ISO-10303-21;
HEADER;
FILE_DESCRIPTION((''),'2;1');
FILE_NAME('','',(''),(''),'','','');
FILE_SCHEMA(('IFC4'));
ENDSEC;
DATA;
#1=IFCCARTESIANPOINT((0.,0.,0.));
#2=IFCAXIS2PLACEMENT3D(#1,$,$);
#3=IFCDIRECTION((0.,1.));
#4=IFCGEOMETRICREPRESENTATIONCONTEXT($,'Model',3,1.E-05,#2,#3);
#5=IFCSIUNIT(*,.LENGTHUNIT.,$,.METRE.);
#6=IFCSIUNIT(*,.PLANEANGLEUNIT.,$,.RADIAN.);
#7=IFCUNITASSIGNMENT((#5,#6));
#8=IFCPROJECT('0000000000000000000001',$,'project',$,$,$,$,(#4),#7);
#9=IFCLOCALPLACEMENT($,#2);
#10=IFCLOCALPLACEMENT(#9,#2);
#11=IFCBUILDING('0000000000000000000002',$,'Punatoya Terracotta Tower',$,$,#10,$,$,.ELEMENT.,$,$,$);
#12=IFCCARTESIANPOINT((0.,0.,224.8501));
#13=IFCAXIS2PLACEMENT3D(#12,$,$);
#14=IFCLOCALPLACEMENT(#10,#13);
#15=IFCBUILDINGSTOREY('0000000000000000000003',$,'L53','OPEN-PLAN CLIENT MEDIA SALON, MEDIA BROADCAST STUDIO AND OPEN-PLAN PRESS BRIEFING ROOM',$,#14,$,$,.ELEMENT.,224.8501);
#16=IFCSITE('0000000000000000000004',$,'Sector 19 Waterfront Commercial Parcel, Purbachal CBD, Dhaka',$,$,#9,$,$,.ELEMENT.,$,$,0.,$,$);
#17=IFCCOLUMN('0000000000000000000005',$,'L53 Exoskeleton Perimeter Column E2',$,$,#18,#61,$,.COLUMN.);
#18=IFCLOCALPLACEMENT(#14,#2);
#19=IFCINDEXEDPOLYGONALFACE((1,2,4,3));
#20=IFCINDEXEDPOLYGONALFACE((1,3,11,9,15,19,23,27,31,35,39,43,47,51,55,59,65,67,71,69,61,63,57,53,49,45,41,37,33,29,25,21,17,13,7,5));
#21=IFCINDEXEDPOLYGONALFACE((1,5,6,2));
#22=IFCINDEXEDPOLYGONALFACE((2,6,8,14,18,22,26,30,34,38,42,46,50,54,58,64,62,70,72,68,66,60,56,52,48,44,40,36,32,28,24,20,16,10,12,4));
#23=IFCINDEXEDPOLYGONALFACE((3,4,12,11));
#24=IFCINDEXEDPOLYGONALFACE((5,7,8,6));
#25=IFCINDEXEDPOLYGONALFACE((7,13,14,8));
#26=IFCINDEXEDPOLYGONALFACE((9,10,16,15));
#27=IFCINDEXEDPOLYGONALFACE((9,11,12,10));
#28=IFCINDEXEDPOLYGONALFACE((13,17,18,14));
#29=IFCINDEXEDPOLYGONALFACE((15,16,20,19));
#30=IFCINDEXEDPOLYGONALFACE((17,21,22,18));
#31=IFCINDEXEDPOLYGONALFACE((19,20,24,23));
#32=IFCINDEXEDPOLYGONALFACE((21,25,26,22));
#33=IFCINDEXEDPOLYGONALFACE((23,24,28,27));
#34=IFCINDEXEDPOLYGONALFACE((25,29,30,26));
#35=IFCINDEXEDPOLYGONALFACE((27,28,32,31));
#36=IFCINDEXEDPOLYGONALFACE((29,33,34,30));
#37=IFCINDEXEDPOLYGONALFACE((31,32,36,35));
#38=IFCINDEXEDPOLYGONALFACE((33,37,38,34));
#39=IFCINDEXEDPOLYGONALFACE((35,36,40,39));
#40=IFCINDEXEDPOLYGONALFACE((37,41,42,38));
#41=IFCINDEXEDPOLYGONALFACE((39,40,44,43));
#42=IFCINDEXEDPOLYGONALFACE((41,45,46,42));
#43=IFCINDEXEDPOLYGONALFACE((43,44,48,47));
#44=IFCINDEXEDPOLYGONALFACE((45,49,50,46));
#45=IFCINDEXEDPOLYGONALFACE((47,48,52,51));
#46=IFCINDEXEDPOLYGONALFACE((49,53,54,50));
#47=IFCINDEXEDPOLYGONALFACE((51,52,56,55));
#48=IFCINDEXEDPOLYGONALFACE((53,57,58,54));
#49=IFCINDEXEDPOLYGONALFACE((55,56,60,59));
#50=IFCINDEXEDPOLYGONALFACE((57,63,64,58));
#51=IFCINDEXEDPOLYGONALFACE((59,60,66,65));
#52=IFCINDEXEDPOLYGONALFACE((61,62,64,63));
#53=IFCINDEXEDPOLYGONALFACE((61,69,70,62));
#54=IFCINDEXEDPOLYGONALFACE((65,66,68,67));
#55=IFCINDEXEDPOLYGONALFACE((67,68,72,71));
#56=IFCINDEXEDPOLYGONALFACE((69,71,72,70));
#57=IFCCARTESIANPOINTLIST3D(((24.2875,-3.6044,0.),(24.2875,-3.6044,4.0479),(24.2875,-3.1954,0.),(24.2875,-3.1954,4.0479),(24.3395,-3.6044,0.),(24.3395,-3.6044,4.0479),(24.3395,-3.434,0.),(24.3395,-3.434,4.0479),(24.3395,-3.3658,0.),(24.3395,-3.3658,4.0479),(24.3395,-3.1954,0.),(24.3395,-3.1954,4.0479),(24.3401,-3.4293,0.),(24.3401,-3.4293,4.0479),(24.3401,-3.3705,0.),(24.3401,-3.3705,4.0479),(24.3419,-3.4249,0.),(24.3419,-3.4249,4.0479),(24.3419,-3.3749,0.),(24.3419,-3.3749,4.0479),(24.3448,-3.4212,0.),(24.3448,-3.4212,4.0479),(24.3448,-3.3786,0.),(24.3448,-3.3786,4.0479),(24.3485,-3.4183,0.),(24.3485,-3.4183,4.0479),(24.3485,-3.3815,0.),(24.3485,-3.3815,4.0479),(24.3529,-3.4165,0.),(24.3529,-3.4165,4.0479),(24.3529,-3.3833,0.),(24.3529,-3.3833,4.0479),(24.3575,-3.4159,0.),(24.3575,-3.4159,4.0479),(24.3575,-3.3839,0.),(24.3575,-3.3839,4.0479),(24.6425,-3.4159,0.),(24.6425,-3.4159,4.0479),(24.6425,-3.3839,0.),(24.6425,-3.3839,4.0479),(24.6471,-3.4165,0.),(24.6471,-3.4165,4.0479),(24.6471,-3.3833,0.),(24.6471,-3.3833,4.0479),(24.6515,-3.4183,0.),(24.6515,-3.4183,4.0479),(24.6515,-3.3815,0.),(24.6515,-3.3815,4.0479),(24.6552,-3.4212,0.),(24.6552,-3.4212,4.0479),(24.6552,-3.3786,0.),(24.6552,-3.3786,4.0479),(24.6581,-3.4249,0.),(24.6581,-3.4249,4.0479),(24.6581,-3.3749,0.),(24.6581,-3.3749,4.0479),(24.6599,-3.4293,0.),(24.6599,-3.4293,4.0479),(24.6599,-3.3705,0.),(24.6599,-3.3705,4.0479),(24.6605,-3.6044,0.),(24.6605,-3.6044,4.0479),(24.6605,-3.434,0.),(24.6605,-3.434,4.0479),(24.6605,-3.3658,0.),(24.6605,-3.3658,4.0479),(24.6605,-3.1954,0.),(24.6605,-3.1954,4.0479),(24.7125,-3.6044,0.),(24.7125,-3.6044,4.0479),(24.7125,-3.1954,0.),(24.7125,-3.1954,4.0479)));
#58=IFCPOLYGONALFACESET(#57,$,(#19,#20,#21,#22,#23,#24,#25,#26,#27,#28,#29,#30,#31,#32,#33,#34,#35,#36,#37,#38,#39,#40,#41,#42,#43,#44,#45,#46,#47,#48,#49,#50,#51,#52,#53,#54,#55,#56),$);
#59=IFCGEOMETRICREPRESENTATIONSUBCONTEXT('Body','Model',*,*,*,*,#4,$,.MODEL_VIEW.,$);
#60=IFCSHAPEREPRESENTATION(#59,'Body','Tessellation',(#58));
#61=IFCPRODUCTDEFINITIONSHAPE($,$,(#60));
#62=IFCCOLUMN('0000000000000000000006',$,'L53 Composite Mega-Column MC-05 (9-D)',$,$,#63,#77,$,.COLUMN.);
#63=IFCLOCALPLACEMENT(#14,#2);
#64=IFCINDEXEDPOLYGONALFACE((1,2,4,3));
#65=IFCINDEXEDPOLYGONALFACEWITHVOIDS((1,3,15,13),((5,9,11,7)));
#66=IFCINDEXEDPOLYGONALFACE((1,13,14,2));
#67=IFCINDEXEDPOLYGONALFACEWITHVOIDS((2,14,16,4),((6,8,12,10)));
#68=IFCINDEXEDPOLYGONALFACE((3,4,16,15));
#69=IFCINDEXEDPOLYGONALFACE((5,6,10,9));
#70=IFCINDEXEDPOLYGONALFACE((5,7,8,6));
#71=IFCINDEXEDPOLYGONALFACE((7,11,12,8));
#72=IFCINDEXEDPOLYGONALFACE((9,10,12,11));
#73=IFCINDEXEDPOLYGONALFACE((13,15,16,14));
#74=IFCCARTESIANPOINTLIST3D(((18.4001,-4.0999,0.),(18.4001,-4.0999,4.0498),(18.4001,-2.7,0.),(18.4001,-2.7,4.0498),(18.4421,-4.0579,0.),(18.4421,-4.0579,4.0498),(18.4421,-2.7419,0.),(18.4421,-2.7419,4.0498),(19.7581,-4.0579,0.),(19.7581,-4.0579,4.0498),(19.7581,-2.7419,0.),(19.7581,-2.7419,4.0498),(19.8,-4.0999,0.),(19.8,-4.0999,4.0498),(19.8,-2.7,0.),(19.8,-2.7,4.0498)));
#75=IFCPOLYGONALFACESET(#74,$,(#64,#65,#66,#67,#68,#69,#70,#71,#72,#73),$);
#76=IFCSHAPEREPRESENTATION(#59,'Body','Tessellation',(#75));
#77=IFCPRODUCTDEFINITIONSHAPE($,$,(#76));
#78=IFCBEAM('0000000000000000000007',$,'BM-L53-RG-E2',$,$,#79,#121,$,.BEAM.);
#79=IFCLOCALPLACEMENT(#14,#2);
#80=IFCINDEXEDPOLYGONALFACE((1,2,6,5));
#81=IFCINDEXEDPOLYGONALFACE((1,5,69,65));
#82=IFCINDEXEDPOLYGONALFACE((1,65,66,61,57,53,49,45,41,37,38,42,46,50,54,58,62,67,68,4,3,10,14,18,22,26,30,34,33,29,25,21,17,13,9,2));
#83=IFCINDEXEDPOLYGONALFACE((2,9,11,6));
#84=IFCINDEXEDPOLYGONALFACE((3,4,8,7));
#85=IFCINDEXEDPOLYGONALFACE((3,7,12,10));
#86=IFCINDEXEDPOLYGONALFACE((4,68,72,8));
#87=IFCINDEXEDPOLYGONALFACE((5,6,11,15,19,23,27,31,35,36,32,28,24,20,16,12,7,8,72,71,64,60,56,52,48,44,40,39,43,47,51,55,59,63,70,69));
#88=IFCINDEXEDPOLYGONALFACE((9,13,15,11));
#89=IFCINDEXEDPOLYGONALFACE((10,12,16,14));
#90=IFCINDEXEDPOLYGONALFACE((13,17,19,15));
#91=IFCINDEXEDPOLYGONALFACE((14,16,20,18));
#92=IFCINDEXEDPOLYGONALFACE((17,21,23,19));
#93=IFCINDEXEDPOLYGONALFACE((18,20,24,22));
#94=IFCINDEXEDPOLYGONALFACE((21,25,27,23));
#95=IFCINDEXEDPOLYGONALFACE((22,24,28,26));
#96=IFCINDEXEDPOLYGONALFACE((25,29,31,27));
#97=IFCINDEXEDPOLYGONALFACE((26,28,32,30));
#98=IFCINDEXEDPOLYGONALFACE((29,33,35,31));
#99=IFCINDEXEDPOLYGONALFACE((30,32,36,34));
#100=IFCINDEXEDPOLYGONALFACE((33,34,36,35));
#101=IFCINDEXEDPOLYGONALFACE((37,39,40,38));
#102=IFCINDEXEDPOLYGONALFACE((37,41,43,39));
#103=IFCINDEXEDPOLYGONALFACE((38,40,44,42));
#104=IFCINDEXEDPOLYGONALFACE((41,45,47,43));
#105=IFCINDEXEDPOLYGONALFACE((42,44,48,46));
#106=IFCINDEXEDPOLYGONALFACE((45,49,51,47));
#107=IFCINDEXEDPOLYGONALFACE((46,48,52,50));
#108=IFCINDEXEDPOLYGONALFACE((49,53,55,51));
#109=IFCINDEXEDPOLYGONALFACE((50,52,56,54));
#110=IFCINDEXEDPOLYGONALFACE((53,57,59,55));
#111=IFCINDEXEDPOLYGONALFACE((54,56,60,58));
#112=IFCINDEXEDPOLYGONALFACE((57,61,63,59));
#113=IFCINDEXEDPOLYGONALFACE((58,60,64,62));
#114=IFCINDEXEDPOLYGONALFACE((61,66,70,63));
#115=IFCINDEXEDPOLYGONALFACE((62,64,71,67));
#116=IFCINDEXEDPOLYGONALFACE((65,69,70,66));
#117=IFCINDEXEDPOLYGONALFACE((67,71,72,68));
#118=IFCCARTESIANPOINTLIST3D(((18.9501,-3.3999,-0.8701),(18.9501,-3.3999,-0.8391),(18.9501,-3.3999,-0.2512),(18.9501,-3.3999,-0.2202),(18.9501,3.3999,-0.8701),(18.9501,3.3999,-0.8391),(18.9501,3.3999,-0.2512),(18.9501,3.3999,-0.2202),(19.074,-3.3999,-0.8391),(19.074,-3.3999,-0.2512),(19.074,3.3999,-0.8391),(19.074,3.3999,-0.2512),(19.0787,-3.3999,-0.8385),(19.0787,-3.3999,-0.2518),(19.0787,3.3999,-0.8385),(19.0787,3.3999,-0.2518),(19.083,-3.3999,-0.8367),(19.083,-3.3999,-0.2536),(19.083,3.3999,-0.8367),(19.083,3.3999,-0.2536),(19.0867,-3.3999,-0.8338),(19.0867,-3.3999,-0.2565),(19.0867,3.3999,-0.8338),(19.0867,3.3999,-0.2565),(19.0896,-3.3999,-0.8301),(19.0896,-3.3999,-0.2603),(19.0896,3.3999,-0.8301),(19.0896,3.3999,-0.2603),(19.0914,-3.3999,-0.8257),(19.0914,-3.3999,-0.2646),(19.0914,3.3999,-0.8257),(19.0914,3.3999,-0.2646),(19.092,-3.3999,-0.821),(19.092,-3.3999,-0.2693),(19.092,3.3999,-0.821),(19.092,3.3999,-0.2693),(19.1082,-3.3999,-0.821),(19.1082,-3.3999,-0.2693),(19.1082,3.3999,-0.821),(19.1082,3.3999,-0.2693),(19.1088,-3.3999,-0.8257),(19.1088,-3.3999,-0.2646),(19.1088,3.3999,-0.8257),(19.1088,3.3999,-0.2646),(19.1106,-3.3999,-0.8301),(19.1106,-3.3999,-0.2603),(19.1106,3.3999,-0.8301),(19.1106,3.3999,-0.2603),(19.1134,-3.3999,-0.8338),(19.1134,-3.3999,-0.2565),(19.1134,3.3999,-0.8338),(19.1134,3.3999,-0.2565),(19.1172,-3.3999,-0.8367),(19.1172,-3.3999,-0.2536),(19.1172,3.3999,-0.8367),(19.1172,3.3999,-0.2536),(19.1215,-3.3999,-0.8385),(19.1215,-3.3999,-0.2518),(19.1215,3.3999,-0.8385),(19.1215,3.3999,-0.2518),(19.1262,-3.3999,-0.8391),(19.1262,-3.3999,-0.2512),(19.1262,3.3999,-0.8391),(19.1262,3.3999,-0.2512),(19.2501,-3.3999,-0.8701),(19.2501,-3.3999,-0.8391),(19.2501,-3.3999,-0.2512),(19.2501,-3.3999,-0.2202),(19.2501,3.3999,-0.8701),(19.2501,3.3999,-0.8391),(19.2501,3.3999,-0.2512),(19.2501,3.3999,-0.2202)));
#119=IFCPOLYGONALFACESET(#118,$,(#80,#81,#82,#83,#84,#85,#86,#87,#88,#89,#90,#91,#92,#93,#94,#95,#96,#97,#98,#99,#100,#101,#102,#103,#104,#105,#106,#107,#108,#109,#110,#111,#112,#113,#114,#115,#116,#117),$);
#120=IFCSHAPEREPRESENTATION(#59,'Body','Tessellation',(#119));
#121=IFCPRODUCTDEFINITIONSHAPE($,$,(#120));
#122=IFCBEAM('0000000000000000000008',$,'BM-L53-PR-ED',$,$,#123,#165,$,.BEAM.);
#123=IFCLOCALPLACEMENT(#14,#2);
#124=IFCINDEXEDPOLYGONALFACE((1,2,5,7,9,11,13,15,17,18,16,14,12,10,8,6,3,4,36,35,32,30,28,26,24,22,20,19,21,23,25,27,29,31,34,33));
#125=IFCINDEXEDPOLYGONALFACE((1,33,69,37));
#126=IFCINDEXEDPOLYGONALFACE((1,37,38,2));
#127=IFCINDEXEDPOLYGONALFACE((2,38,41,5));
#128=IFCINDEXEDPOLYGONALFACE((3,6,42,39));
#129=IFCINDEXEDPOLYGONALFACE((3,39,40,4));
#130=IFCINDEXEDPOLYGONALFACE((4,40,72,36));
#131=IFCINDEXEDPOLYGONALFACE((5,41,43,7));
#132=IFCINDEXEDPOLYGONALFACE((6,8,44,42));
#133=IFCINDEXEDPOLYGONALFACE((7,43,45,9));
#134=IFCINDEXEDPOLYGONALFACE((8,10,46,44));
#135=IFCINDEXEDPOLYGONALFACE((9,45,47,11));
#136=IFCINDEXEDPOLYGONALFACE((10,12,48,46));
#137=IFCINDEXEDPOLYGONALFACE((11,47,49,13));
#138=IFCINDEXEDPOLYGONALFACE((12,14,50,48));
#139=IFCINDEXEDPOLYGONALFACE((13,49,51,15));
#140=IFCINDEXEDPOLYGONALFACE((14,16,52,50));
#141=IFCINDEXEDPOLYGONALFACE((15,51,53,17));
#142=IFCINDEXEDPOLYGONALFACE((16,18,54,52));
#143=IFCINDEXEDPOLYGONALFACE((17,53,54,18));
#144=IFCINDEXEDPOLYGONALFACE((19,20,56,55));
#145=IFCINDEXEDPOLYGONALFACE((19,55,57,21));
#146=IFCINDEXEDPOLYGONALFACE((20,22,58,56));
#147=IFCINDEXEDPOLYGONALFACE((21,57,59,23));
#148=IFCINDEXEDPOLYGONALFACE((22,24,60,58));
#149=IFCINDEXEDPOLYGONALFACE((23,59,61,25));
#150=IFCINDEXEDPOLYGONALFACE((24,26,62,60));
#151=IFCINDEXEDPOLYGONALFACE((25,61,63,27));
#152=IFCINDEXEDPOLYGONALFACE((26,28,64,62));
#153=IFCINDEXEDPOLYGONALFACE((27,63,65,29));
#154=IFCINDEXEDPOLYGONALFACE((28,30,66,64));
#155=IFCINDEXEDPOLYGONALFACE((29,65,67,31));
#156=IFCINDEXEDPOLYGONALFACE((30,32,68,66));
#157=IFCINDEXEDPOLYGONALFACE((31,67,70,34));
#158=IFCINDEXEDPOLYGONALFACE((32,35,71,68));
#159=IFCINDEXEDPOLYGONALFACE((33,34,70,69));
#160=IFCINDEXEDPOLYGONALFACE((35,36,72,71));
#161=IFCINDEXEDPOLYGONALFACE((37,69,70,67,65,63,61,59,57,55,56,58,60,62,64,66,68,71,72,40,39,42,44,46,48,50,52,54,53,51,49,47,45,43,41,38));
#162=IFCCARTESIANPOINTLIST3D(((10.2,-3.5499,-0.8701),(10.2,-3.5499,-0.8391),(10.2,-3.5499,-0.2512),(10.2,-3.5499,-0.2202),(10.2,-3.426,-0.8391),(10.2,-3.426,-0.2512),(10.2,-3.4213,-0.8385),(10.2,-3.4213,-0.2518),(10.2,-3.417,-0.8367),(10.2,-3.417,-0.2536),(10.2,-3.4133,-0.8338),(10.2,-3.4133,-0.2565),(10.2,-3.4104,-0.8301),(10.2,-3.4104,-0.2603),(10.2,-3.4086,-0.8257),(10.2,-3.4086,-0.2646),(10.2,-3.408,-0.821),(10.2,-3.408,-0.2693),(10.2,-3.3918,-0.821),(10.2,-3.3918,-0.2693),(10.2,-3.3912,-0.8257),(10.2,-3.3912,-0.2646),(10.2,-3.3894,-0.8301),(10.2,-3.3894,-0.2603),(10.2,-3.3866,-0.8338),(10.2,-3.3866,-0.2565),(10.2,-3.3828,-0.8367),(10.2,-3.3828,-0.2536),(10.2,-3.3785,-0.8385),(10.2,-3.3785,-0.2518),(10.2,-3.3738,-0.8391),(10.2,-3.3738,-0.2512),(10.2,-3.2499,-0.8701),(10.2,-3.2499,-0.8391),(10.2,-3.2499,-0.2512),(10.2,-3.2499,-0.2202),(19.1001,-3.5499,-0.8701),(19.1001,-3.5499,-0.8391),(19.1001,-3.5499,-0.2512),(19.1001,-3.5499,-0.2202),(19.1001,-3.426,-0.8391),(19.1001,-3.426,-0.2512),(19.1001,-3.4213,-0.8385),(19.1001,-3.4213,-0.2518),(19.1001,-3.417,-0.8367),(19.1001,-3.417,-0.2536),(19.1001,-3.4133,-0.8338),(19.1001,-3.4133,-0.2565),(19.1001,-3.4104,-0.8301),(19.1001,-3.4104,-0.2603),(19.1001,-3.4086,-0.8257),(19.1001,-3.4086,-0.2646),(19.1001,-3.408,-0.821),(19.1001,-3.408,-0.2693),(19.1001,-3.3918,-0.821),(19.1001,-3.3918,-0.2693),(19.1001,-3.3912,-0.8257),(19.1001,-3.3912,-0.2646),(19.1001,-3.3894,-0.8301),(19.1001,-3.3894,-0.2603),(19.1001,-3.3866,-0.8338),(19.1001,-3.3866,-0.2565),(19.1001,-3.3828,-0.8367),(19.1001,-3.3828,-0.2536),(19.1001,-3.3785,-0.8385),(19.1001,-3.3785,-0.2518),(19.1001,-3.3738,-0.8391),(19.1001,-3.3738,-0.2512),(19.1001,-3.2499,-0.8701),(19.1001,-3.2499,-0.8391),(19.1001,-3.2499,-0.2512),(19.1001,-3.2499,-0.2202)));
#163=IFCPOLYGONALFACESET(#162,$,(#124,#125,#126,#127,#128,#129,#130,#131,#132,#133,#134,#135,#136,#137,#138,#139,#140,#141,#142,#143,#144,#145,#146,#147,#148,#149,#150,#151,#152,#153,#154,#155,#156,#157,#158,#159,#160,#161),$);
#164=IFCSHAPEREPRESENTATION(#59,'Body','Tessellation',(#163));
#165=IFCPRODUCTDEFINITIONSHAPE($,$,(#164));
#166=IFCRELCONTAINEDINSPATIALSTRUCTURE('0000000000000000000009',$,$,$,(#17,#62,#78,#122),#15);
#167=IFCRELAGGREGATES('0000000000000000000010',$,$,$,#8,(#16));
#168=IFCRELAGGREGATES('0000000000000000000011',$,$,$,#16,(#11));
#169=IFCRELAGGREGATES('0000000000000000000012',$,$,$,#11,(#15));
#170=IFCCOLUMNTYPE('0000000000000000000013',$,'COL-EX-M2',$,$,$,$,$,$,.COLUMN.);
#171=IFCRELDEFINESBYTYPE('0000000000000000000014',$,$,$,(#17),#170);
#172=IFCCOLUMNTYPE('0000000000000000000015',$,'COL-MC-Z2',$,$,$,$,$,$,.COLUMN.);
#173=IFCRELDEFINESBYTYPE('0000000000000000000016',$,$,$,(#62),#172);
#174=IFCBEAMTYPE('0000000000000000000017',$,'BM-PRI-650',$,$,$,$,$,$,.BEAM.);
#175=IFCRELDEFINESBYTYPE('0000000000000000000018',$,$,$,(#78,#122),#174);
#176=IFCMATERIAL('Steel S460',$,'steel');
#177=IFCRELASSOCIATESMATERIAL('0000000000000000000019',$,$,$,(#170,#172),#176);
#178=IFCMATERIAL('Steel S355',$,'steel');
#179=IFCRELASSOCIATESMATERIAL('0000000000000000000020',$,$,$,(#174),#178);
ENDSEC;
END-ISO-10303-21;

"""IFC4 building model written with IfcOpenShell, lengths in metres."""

from ifc_helpers import new_model, si_unit, direction, frame, origin, origin_2d, place, context, subcontext, project, spatial, hollow_rectangle, i_section, extrude, material, material_profile, profile_set, type_object, element, save


model = new_model("IFC4")

# Units and contexts
model_context = context("Model", 3, precision=1e-05, world=origin(), true_north=direction((0.0, 1.0)))
body_context = subcontext(model_context, "Body", "Model", "MODEL_VIEW")
ifc_project = project(units=[si_unit("LENGTHUNIT", "METRE"), si_unit("PLANEANGLEUNIT", "RADIAN")], contexts=[model_context])

# Site, building, storey
site_placement = place(None, origin())
site = spatial("IfcSite", under=ifc_project, at=site_placement, Name="Sector 19 Waterfront Commercial Parcel, Purbachal CBD, Dhaka", CompositionType="ELEMENT", RefElevation=0.0)
building_placement = place(site_placement, origin())
building = spatial("IfcBuilding", under=site, at=building_placement, Name="Punatoya Terracotta Tower", CompositionType="ELEMENT")
storey_placement = place(building_placement, frame((0.0, 0.0, 224.8501)))
storey = spatial("IfcBuildingStorey", under=building, at=storey_placement, Name="L53", Description="OPEN-PLAN CLIENT MEDIA SALON, MEDIA BROADCAST STUDIO AND OPEN-PLAN PRESS BRIEFING ROOM", CompositionType="ELEMENT", Elevation=224.8501)

# Columns
ifc_material_1 = material(Name="Steel S460", Category="steel")
ifc_material_profile_1 = material_profile(ifc_material_1, i_section(OverallWidth=0.4089, OverallDepth=0.425, WebThickness=0.032, FlangeThickness=0.052, FilletRadius=0.0181, at=origin_2d()))
ifc_profile_set_1 = profile_set([ifc_material_profile_1], Name="Steel S460")
column_type_1 = type_object("IfcColumnType", Name="COL-EX-M2", PredefinedType="COLUMN", material=ifc_profile_set_1)
column_1_placement = place(storey_placement, frame((24.5, -3.3999, 0.0), z_axis=(0.0, 0.0, 1.0), x_axis=(0.0, 1.0, 0.0)))
element("IfcColumn", 1, at=column_1_placement, inside=storey, type_object=column_type_1, Name="L53 Exoskeleton Perimeter Column E2", PredefinedType="COLUMN", context=body_context, shape_type="SweptSolid", body=[
    extrude(i_section(OverallWidth=0.4089, OverallDepth=0.425, WebThickness=0.032, FlangeThickness=0.052, FilletRadius=0.0181, at=origin_2d()), origin(), (0.0, 0.0, 1.0), 4.0479),
])
ifc_material_profile_2 = material_profile(ifc_material_1, hollow_rectangle(XDim=1.3999, YDim=1.3999, WallThickness=0.042, at=origin_2d()))
ifc_profile_set_2 = profile_set([ifc_material_profile_2], Name="Steel S460")
column_type_2 = type_object("IfcColumnType", Name="COL-MC-Z2", PredefinedType="COLUMN", material=ifc_profile_set_2)
column_2_placement = place(storey_placement, frame((19.1001, -3.3999, 0.0), z_axis=(0.0, 0.0, 1.0), x_axis=(1.0, 0.0, 0.0)))
element("IfcColumn", 2, at=column_2_placement, inside=storey, type_object=column_type_2, Name="L53 Composite Mega-Column MC-05 (9-D)", PredefinedType="COLUMN", context=body_context, shape_type="SweptSolid", body=[
    extrude(hollow_rectangle(XDim=1.3999, YDim=1.3999, WallThickness=0.042, at=origin_2d()), origin(), (0.0, 0.0, 1.0), 4.0498),
])

# Beams
ifc_material_2 = material(Name="Steel S355", Category="steel")
ifc_material_profile_3 = material_profile(ifc_material_2, i_section(OverallWidth=0.3, OverallDepth=0.6499, WebThickness=0.0161, FlangeThickness=0.031, FilletRadius=0.0181, at=origin_2d()))
ifc_profile_set_3 = profile_set([ifc_material_profile_3], Name="Steel S355")
beam_type_1 = type_object("IfcBeamType", Name="BM-PRI-650", PredefinedType="BEAM", material=ifc_profile_set_3)
beam_1_placement = place(storey_placement, frame((19.1001, -3.3999, -0.5452), z_axis=(0.0, 1.0, 0.0), x_axis=(-1.0, 0.0, 0.0)))
element("IfcBeam", 3, at=beam_1_placement, inside=storey, type_object=beam_type_1, Name="BM-L53-RG-E2", PredefinedType="BEAM", context=body_context, shape_type="SweptSolid", body=[
    extrude(i_section(OverallWidth=0.3, OverallDepth=0.6499, WebThickness=0.0161, FlangeThickness=0.031, FilletRadius=0.0181, at=origin_2d()), origin(), (0.0, 0.0, 1.0), 6.7998),
])
beam_2_placement = place(storey_placement, frame((10.2, -3.3999, -0.5452), z_axis=(1.0, 0.0, 0.0), x_axis=(0.0, 1.0, 0.0)))
element("IfcBeam", 4, at=beam_2_placement, inside=storey, type_object=beam_type_1, Name="BM-L53-PR-ED", PredefinedType="BEAM", context=body_context, shape_type="SweptSolid", body=[
    extrude(i_section(OverallWidth=0.3, OverallDepth=0.6499, WebThickness=0.0161, FlangeThickness=0.031, FilletRadius=0.0181, at=origin_2d()), origin(), (0.0, 0.0, 1.0), 8.9001),
])

save(model, "model.ifc")
